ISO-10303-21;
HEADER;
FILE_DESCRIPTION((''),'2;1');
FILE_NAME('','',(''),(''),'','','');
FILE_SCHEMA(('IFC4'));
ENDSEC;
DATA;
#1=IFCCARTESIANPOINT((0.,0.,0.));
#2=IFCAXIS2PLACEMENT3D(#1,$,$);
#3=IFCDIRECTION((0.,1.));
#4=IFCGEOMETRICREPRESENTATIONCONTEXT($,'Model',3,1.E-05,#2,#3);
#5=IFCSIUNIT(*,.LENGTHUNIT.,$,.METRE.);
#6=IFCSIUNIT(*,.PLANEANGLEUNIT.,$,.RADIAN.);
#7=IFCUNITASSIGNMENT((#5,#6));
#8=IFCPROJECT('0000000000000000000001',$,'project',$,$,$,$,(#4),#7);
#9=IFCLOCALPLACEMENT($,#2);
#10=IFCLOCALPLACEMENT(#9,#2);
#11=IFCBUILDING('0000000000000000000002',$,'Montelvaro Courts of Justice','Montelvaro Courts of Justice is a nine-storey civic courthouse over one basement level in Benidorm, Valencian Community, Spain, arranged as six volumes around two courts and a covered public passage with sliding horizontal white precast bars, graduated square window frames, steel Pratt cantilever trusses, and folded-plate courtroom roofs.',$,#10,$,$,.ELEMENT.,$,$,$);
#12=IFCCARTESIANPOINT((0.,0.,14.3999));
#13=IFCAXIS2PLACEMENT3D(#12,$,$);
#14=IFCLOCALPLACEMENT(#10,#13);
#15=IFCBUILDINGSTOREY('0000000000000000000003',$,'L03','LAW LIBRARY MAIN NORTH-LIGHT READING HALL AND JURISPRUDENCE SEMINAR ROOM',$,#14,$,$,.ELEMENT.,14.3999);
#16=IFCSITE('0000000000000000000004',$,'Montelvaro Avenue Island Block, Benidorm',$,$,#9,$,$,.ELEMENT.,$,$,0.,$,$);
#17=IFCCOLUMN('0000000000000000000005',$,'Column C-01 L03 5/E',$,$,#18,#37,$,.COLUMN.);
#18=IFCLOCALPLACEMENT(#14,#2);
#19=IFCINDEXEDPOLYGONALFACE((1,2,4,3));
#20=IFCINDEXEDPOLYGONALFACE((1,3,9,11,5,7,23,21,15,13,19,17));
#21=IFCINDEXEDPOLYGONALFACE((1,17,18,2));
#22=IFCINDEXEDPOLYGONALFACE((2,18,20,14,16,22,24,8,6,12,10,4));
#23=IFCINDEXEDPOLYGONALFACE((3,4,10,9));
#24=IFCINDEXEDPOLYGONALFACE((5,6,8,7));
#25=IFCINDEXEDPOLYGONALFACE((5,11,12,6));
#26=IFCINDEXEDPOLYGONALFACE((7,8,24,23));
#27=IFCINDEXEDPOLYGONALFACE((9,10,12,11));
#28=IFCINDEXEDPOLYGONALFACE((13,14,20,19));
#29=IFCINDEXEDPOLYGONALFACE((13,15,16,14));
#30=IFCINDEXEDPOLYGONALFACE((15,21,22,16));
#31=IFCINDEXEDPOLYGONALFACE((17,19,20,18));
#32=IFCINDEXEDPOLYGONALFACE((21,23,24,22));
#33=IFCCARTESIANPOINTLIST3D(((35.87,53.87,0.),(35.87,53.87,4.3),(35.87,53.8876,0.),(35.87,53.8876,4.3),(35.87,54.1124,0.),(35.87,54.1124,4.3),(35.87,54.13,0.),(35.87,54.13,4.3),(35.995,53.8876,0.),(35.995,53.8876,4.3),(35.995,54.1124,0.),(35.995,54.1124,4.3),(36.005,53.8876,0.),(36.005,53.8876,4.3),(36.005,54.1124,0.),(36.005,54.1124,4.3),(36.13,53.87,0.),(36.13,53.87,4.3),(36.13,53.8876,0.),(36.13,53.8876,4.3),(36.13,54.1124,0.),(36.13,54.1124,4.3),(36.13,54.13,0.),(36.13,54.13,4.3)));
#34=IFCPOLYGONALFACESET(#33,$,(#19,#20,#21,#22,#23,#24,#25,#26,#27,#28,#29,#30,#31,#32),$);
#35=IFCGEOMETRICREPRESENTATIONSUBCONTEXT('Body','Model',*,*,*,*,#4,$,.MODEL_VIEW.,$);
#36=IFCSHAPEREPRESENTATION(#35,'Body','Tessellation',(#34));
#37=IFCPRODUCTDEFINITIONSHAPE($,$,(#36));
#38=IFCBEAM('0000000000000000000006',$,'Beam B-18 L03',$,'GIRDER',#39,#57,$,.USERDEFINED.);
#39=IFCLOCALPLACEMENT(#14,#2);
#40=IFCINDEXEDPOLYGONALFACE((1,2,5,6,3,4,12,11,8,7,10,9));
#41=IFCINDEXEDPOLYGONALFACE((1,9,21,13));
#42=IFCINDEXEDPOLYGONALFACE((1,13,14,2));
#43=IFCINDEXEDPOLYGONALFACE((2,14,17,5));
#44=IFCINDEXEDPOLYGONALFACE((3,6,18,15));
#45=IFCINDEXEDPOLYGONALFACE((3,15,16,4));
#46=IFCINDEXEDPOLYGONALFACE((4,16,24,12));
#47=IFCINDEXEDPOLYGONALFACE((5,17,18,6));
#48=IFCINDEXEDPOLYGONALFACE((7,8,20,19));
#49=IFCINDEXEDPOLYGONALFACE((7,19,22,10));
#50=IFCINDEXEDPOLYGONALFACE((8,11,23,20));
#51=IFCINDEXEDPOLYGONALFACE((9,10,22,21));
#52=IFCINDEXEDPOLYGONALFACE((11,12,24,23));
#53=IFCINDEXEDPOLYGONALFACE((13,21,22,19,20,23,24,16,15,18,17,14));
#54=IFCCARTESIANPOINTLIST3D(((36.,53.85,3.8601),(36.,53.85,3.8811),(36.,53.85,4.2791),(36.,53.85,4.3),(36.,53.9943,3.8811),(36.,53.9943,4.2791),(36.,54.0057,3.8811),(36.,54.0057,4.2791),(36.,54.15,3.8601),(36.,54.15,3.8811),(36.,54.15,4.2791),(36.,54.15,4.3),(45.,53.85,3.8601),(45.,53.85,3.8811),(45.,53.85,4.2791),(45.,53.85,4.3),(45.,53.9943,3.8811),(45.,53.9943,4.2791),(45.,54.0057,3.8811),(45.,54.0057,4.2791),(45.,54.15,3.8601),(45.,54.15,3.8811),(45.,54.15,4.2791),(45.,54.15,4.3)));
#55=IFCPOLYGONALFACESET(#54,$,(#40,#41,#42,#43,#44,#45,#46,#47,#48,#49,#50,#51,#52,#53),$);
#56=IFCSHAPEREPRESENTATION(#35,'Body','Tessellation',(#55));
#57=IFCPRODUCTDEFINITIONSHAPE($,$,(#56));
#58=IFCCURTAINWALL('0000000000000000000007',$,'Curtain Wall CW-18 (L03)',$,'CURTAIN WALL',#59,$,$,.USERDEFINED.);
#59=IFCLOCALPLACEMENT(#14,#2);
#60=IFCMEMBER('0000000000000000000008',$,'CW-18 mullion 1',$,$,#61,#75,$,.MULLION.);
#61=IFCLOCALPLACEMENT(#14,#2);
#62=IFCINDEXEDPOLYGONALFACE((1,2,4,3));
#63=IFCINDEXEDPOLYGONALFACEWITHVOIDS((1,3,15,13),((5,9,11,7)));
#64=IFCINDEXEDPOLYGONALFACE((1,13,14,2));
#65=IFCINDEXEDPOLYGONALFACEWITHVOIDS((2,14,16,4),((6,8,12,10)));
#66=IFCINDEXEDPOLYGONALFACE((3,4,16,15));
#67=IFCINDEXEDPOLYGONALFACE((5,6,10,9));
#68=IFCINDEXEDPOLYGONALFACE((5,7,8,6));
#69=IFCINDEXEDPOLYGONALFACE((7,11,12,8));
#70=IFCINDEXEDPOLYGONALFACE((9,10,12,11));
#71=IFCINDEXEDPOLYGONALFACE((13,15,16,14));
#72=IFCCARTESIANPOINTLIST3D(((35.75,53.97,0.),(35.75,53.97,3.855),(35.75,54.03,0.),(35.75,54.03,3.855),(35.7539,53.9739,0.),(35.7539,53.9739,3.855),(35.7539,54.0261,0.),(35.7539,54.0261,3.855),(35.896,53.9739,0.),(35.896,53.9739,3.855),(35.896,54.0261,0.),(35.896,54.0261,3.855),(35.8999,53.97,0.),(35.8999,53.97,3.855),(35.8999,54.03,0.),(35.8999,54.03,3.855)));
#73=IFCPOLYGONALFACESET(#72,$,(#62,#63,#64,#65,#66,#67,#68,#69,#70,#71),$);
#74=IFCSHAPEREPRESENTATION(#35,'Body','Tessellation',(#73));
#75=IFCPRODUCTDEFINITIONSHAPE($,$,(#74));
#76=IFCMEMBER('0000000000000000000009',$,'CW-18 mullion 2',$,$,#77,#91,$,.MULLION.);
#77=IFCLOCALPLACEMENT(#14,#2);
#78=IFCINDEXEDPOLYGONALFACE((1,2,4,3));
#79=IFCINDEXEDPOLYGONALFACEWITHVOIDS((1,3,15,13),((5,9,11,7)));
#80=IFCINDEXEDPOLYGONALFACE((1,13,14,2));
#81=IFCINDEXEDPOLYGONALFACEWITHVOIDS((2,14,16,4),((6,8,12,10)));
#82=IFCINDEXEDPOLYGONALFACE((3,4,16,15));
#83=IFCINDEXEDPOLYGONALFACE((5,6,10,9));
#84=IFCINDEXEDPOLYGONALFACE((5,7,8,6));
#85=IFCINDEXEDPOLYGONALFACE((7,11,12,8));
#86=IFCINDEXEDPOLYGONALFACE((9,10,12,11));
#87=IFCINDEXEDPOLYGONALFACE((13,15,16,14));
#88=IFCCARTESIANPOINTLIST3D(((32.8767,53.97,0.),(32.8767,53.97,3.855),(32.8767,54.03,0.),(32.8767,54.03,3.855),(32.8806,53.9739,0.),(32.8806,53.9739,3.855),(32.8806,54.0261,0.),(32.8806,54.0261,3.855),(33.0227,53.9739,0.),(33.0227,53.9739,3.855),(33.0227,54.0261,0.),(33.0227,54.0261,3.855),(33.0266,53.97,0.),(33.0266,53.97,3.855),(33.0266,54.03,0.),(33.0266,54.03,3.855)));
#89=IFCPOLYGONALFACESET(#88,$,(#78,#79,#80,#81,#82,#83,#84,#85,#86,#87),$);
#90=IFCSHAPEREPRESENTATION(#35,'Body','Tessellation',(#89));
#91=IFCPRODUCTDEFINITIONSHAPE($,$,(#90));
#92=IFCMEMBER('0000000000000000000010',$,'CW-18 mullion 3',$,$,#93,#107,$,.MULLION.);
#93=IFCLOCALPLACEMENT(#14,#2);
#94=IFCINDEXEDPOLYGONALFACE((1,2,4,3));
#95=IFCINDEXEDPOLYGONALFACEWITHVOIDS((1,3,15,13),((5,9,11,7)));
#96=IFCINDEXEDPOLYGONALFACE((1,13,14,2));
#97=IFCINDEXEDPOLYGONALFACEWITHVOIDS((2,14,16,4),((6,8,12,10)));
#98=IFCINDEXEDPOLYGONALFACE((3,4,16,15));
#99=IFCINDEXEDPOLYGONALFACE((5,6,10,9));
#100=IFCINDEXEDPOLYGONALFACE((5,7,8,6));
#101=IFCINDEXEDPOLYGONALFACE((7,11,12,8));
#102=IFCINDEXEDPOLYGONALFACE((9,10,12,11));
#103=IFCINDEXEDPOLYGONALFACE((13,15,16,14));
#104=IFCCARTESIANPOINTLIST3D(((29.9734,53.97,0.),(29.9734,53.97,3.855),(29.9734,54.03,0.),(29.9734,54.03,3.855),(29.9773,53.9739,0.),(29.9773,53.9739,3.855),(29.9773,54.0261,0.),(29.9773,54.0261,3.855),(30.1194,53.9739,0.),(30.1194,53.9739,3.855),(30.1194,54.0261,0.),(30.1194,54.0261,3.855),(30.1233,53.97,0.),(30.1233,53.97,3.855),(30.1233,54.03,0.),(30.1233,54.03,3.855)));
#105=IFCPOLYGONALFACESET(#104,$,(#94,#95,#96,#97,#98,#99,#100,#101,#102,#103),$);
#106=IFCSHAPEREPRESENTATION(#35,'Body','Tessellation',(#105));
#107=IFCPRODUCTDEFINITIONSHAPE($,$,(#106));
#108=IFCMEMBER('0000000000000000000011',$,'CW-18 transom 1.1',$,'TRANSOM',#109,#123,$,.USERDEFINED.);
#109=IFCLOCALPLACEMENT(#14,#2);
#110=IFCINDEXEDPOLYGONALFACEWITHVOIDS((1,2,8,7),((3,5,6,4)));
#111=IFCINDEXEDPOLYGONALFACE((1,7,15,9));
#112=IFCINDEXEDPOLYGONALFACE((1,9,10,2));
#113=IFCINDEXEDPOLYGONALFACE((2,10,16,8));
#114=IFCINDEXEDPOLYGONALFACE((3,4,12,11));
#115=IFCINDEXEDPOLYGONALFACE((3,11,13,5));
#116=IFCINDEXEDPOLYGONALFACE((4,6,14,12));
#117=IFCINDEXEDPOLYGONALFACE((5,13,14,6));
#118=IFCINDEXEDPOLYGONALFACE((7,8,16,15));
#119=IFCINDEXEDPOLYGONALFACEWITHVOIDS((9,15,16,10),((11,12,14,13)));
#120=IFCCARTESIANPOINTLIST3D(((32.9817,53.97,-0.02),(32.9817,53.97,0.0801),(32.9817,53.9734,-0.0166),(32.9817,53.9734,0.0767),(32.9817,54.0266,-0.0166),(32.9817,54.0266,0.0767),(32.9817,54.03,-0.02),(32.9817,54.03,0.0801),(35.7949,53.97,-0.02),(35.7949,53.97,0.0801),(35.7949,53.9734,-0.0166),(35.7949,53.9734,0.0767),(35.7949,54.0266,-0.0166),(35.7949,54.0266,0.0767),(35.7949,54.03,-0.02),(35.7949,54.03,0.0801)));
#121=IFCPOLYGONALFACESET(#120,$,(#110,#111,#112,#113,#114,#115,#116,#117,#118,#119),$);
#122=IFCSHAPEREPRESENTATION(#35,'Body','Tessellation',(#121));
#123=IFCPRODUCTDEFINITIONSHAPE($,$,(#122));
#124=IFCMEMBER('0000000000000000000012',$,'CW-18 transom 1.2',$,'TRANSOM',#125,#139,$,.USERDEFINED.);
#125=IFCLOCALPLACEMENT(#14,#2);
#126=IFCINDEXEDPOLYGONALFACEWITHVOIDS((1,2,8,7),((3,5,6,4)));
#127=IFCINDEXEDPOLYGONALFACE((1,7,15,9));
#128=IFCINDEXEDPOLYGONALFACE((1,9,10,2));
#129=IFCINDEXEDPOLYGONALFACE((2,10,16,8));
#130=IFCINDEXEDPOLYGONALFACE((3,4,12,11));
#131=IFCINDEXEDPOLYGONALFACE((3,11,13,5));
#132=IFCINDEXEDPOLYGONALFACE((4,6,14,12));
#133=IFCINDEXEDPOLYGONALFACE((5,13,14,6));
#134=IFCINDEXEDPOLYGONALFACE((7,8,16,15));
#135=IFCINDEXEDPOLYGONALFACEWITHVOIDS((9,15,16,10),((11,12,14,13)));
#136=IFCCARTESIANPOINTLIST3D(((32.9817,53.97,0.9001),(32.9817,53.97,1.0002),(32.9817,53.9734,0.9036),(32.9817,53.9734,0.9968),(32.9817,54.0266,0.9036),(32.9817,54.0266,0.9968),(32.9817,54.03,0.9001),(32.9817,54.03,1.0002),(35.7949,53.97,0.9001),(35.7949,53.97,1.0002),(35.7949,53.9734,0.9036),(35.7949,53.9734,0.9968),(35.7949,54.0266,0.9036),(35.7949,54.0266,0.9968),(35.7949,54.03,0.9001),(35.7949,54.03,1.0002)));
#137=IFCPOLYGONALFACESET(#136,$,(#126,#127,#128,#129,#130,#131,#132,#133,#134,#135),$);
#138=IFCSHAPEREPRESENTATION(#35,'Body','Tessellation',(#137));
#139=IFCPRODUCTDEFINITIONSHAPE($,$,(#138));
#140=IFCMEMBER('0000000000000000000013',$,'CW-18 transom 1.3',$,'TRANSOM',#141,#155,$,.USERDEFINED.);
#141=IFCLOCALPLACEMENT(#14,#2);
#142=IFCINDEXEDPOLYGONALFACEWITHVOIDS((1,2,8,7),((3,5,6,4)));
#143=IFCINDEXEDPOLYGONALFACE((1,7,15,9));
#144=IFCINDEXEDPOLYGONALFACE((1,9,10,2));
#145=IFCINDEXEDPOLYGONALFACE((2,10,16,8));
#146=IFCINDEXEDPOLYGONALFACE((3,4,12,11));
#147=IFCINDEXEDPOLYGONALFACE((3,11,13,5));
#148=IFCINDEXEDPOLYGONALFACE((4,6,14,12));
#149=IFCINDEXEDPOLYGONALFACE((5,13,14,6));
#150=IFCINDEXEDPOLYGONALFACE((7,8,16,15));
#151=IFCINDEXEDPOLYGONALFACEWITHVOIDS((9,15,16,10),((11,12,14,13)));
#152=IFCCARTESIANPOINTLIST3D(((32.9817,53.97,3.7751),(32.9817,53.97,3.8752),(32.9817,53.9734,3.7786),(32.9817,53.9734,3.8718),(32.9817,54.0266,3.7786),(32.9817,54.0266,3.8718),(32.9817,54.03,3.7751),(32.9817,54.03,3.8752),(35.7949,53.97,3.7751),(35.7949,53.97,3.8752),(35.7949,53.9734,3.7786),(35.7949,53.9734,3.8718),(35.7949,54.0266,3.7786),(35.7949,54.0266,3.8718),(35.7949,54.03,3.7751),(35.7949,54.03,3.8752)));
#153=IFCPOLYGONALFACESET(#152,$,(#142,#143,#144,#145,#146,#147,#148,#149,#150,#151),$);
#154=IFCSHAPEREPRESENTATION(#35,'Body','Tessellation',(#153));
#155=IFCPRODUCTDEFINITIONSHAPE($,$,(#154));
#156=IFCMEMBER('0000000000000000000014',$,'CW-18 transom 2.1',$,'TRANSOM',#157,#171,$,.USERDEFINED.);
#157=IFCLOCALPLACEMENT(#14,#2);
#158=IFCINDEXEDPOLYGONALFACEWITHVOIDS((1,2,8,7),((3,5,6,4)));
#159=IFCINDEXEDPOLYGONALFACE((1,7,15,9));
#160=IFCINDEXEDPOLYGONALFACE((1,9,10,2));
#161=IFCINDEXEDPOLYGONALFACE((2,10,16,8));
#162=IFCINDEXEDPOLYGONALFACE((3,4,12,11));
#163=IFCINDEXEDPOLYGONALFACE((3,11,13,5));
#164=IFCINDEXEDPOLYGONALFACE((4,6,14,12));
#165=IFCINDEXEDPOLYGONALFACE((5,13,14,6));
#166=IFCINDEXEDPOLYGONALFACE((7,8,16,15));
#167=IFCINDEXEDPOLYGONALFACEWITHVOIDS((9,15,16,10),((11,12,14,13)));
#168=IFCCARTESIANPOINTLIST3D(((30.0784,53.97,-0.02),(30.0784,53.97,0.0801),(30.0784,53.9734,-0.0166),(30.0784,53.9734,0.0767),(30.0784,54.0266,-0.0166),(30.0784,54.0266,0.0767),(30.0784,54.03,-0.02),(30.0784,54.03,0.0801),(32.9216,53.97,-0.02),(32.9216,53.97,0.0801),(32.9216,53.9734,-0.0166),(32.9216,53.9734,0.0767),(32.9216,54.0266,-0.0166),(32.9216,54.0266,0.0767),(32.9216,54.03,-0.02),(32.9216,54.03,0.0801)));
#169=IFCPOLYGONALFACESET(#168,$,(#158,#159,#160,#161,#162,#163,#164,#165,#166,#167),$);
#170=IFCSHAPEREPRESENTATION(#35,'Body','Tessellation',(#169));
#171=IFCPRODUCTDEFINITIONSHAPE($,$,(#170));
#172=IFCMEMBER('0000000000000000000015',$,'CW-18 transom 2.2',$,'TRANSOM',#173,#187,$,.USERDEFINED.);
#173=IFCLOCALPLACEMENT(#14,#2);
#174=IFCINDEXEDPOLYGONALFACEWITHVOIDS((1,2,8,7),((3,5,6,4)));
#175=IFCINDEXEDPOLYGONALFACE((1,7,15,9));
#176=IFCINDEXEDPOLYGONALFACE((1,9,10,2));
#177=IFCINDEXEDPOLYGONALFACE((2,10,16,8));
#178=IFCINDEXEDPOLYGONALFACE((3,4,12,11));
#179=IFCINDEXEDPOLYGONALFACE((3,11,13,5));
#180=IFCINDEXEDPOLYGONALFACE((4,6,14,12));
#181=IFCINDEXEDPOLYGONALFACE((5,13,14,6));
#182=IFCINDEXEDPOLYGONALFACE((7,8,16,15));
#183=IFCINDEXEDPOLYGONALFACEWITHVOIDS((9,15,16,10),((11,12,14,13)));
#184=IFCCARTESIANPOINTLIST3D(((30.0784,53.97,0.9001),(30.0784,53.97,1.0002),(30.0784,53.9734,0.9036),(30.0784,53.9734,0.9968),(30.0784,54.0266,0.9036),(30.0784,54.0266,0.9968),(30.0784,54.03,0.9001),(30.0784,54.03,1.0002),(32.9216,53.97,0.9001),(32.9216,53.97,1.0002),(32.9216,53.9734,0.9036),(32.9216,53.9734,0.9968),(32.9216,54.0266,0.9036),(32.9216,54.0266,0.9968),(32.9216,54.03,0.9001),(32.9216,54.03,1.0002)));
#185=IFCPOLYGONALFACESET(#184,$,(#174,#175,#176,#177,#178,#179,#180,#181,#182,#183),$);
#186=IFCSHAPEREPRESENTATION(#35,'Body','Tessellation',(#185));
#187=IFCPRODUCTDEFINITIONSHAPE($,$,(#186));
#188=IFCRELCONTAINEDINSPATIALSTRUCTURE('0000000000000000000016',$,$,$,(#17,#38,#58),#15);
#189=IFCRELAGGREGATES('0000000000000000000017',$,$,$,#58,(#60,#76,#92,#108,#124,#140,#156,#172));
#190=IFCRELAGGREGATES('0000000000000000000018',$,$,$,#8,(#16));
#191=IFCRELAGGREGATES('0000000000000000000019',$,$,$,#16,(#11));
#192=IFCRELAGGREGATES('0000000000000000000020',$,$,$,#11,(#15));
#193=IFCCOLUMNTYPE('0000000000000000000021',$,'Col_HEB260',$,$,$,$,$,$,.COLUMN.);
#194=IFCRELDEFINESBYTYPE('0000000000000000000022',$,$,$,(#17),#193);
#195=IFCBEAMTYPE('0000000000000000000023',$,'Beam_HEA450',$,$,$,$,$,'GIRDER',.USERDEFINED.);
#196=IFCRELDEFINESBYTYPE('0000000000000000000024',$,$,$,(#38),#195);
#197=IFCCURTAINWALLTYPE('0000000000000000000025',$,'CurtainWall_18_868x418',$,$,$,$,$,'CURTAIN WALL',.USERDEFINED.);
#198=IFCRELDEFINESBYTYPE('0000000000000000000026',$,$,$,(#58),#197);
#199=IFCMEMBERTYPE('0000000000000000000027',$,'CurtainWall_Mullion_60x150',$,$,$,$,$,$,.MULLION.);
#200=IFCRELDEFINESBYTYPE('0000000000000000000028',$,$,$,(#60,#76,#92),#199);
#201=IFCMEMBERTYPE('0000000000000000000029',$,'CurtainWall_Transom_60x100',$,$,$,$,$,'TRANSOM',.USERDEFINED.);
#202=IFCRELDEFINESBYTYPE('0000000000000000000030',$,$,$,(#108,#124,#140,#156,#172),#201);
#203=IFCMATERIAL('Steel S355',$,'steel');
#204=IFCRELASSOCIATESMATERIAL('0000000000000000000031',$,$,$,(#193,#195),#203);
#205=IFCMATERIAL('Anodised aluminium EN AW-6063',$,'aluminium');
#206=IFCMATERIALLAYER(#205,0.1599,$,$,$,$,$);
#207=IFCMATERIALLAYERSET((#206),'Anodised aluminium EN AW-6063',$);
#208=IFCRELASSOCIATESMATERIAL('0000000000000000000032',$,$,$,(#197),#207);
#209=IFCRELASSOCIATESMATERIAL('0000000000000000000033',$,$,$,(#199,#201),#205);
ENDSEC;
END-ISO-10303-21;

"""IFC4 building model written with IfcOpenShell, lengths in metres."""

from ifc_helpers import new_model, si_unit, direction, frame, origin, origin_2d, place, context, subcontext, project, spatial, hollow_rectangle, i_section, extrude, material, layer, layer_set, material_profile, profile_set, type_object, element, aggregate, save


model = new_model("IFC4")

# Units and contexts
model_context = context("Model", 3, precision=1e-05, world=origin(), true_north=direction((0.0, 1.0)))
body_context = subcontext(model_context, "Body", "Model", "MODEL_VIEW")
ifc_project = project(units=[si_unit("LENGTHUNIT", "METRE"), si_unit("PLANEANGLEUNIT", "RADIAN")], contexts=[model_context])

# Site, building, storey
site_placement = place(None, origin())
site = spatial("IfcSite", under=ifc_project, at=site_placement, Name="Montelvaro Avenue Island Block, Benidorm", CompositionType="ELEMENT", RefElevation=0.0)
building_placement = place(site_placement, origin())
building = spatial("IfcBuilding", under=site, at=building_placement, Name="Montelvaro Courts of Justice", Description="Montelvaro Courts of Justice is a nine-storey civic courthouse over one basement level in Benidorm, Valencian Community, Spain, arranged as six volumes around two courts and a covered public passage with sliding horizontal white precast bars, graduated square window frames, steel Pratt cantilever trusses, and folded-plate courtroom roofs.", CompositionType="ELEMENT")
storey_placement = place(building_placement, frame((0.0, 0.0, 14.3999)))
storey = spatial("IfcBuildingStorey", under=building, at=storey_placement, Name="L03", Description="LAW LIBRARY MAIN NORTH-LIGHT READING HALL AND JURISPRUDENCE SEMINAR ROOM", CompositionType="ELEMENT", Elevation=14.3999)

# Column
ifc_material_1 = material(Name="Steel S355", Category="steel")
ifc_material_profile_1 = material_profile(ifc_material_1, i_section(OverallWidth=0.26, OverallDepth=0.26, WebThickness=0.01, FlangeThickness=0.0176, at=origin_2d()), Name="HEB 260")
ifc_profile_set_1 = profile_set([ifc_material_profile_1], Name="Steel S355")
column_type = type_object("IfcColumnType", Name="Col_HEB260", PredefinedType="COLUMN", material=ifc_profile_set_1)
column_placement = place(storey_placement, frame((36.0, 54.0, 0.0), z_axis=(0.0, 0.0, 1.0), x_axis=(1.0, 0.0, 0.0)))
element("IfcColumn", 1, at=column_placement, inside=storey, type_object=column_type, Name="Column C-01 L03 5/E", PredefinedType="COLUMN", context=body_context, shape_type="SweptSolid", body=[
    extrude(i_section(OverallWidth=0.26, OverallDepth=0.26, WebThickness=0.01, FlangeThickness=0.0176, at=origin_2d()), origin(), (0.0, 0.0, 1.0), 4.3),
])

# Beam
ifc_material_profile_2 = material_profile(ifc_material_1, i_section(OverallWidth=0.3, OverallDepth=0.4399, WebThickness=0.0115, FlangeThickness=0.021, at=origin_2d()), Name="HEA 450")
ifc_profile_set_2 = profile_set([ifc_material_profile_2], Name="Steel S355")
beam_type = type_object("IfcBeamType", Name="Beam_HEA450", ElementType="GIRDER", PredefinedType="USERDEFINED", material=ifc_profile_set_2)
beam_placement = place(storey_placement, frame((36.0, 54.0, 4.0801), z_axis=(1.0, 0.0, 0.0), x_axis=(0.0, 1.0, 0.0)))
element("IfcBeam", 2, at=beam_placement, inside=storey, type_object=beam_type, Name="Beam B-18 L03", ObjectType="GIRDER", PredefinedType="USERDEFINED", context=body_context, shape_type="SweptSolid", body=[
    extrude(i_section(OverallWidth=0.3, OverallDepth=0.4399, WebThickness=0.0115, FlangeThickness=0.021, at=origin_2d()), origin(), (0.0, 0.0, 1.0), 9.0),
])

# Curtain wall, members
ifc_material_2 = material(Name="Anodised aluminium EN AW-6063", Category="aluminium")
ifc_layer_1 = layer(ifc_material_2, 0.1599)
ifc_layer_set_1 = layer_set([ifc_layer_1], Name="Anodised aluminium EN AW-6063")
curtain_wall_type = type_object("IfcCurtainWallType", Name="CurtainWall_18_868x418", ElementType="CURTAIN WALL", PredefinedType="USERDEFINED", material=ifc_layer_set_1)
curtain_wall_placement = place(storey_placement, origin())
curtain_wall = element("IfcCurtainWall", 3, at=curtain_wall_placement, inside=storey, type_object=curtain_wall_type, Name="Curtain Wall CW-18 (L03)", ObjectType="CURTAIN WALL", PredefinedType="USERDEFINED")
ifc_material_profile_3 = material_profile(ifc_material_2, hollow_rectangle(XDim=0.0601, YDim=0.1499, WallThickness=0.0039, at=origin_2d()), Name="ALU-M 60x150")
ifc_profile_set_3 = profile_set([ifc_material_profile_3], Name="Anodised aluminium EN AW-6063")
member_type_1 = type_object("IfcMemberType", Name="CurtainWall_Mullion_60x150", PredefinedType="MULLION", material=ifc_profile_set_3)
member_1_placement = place(storey_placement, frame((35.825, 54.0, 0.0), z_axis=(0.0, 0.0, 1.0), x_axis=(0.0, -1.0, 0.0)))
member_1 = element("IfcMember", 4, at=member_1_placement, type_object=member_type_1, Name="CW-18 mullion 1", PredefinedType="MULLION", context=body_context, shape_type="SweptSolid", body=[
    extrude(hollow_rectangle(XDim=0.0601, YDim=0.1499, WallThickness=0.0039, at=origin_2d()), origin(), (0.0, 0.0, 1.0), 3.855),
])
member_2_placement = place(storey_placement, frame((32.9517, 54.0, 0.0), z_axis=(0.0, 0.0, 1.0), x_axis=(0.0, -1.0, 0.0)))
member_2 = element("IfcMember", 5, at=member_2_placement, type_object=member_type_1, Name="CW-18 mullion 2", PredefinedType="MULLION", context=body_context, shape_type="SweptSolid", body=[
    extrude(hollow_rectangle(XDim=0.0601, YDim=0.1499, WallThickness=0.0039, at=origin_2d()), origin(), (0.0, 0.0, 1.0), 3.855),
])
member_3_placement = place(storey_placement, frame((30.0483, 54.0, 0.0), z_axis=(0.0, 0.0, 1.0), x_axis=(0.0, -1.0, 0.0)))
member_3 = element("IfcMember", 6, at=member_3_placement, type_object=member_type_1, Name="CW-18 mullion 3", PredefinedType="MULLION", context=body_context, shape_type="SweptSolid", body=[
    extrude(hollow_rectangle(XDim=0.0601, YDim=0.1499, WallThickness=0.0039, at=origin_2d()), origin(), (0.0, 0.0, 1.0), 3.855),
])
ifc_material_profile_4 = material_profile(ifc_material_2, hollow_rectangle(XDim=0.0601, YDim=0.1001, WallThickness=0.0034, at=origin_2d()), Name="ALU-T 60x100")
ifc_profile_set_4 = profile_set([ifc_material_profile_4], Name="Anodised aluminium EN AW-6063")
member_type_2 = type_object("IfcMemberType", Name="CurtainWall_Transom_60x100", ElementType="TRANSOM", PredefinedType="USERDEFINED", material=ifc_profile_set_4)
member_4_placement = place(storey_placement, frame((35.7949, 54.0, 0.03), z_axis=(-1.0, 0.0, 0.0), x_axis=(0.0, -1.0, 0.0)))
member_4 = element("IfcMember", 7, at=member_4_placement, type_object=member_type_2, Name="CW-18 transom 1.1", ObjectType="TRANSOM", PredefinedType="USERDEFINED", context=body_context, shape_type="SweptSolid", body=[
    extrude(hollow_rectangle(XDim=0.0601, YDim=0.1001, WallThickness=0.0034, at=origin_2d()), origin(), (0.0, 0.0, 1.0), 2.8132),
])
member_5_placement = place(storey_placement, frame((35.7949, 54.0, 0.9502), z_axis=(-1.0, 0.0, 0.0), x_axis=(0.0, -1.0, 0.0)))
member_5 = element("IfcMember", 8, at=member_5_placement, type_object=member_type_2, Name="CW-18 transom 1.2", ObjectType="TRANSOM", PredefinedType="USERDEFINED", context=body_context, shape_type="SweptSolid", body=[
    extrude(hollow_rectangle(XDim=0.0601, YDim=0.1001, WallThickness=0.0034, at=origin_2d()), origin(), (0.0, 0.0, 1.0), 2.8132),
])
member_6_placement = place(storey_placement, frame((35.7949, 54.0, 3.8252), z_axis=(-1.0, 0.0, 0.0), x_axis=(0.0, -1.0, 0.0)))
member_6 = element("IfcMember", 9, at=member_6_placement, type_object=member_type_2, Name="CW-18 transom 1.3", ObjectType="TRANSOM", PredefinedType="USERDEFINED", context=body_context, shape_type="SweptSolid", body=[
    extrude(hollow_rectangle(XDim=0.0601, YDim=0.1001, WallThickness=0.0034, at=origin_2d()), origin(), (0.0, 0.0, 1.0), 2.8132),
])
member_7_placement = place(storey_placement, frame((32.9216, 54.0, 0.03), z_axis=(-1.0, 0.0, 0.0), x_axis=(0.0, -1.0, 0.0)))
member_7 = element("IfcMember", 10, at=member_7_placement, type_object=member_type_2, Name="CW-18 transom 2.1", ObjectType="TRANSOM", PredefinedType="USERDEFINED", context=body_context, shape_type="SweptSolid", body=[
    extrude(hollow_rectangle(XDim=0.0601, YDim=0.1001, WallThickness=0.0034, at=origin_2d()), origin(), (0.0, 0.0, 1.0), 2.8433),
])
member_8_placement = place(storey_placement, frame((32.9216, 54.0, 0.9502), z_axis=(-1.0, 0.0, 0.0), x_axis=(0.0, -1.0, 0.0)))
member_8 = element("IfcMember", 11, at=member_8_placement, type_object=member_type_2, Name="CW-18 transom 2.2", ObjectType="TRANSOM", PredefinedType="USERDEFINED", context=body_context, shape_type="SweptSolid", body=[
    extrude(hollow_rectangle(XDim=0.0601, YDim=0.1001, WallThickness=0.0034, at=origin_2d()), origin(), (0.0, 0.0, 1.0), 2.8433),
])

aggregate(curtain_wall, [member_1, member_2, member_3, member_4, member_5, member_6, member_7, member_8])

save(model, "model.ifc")
